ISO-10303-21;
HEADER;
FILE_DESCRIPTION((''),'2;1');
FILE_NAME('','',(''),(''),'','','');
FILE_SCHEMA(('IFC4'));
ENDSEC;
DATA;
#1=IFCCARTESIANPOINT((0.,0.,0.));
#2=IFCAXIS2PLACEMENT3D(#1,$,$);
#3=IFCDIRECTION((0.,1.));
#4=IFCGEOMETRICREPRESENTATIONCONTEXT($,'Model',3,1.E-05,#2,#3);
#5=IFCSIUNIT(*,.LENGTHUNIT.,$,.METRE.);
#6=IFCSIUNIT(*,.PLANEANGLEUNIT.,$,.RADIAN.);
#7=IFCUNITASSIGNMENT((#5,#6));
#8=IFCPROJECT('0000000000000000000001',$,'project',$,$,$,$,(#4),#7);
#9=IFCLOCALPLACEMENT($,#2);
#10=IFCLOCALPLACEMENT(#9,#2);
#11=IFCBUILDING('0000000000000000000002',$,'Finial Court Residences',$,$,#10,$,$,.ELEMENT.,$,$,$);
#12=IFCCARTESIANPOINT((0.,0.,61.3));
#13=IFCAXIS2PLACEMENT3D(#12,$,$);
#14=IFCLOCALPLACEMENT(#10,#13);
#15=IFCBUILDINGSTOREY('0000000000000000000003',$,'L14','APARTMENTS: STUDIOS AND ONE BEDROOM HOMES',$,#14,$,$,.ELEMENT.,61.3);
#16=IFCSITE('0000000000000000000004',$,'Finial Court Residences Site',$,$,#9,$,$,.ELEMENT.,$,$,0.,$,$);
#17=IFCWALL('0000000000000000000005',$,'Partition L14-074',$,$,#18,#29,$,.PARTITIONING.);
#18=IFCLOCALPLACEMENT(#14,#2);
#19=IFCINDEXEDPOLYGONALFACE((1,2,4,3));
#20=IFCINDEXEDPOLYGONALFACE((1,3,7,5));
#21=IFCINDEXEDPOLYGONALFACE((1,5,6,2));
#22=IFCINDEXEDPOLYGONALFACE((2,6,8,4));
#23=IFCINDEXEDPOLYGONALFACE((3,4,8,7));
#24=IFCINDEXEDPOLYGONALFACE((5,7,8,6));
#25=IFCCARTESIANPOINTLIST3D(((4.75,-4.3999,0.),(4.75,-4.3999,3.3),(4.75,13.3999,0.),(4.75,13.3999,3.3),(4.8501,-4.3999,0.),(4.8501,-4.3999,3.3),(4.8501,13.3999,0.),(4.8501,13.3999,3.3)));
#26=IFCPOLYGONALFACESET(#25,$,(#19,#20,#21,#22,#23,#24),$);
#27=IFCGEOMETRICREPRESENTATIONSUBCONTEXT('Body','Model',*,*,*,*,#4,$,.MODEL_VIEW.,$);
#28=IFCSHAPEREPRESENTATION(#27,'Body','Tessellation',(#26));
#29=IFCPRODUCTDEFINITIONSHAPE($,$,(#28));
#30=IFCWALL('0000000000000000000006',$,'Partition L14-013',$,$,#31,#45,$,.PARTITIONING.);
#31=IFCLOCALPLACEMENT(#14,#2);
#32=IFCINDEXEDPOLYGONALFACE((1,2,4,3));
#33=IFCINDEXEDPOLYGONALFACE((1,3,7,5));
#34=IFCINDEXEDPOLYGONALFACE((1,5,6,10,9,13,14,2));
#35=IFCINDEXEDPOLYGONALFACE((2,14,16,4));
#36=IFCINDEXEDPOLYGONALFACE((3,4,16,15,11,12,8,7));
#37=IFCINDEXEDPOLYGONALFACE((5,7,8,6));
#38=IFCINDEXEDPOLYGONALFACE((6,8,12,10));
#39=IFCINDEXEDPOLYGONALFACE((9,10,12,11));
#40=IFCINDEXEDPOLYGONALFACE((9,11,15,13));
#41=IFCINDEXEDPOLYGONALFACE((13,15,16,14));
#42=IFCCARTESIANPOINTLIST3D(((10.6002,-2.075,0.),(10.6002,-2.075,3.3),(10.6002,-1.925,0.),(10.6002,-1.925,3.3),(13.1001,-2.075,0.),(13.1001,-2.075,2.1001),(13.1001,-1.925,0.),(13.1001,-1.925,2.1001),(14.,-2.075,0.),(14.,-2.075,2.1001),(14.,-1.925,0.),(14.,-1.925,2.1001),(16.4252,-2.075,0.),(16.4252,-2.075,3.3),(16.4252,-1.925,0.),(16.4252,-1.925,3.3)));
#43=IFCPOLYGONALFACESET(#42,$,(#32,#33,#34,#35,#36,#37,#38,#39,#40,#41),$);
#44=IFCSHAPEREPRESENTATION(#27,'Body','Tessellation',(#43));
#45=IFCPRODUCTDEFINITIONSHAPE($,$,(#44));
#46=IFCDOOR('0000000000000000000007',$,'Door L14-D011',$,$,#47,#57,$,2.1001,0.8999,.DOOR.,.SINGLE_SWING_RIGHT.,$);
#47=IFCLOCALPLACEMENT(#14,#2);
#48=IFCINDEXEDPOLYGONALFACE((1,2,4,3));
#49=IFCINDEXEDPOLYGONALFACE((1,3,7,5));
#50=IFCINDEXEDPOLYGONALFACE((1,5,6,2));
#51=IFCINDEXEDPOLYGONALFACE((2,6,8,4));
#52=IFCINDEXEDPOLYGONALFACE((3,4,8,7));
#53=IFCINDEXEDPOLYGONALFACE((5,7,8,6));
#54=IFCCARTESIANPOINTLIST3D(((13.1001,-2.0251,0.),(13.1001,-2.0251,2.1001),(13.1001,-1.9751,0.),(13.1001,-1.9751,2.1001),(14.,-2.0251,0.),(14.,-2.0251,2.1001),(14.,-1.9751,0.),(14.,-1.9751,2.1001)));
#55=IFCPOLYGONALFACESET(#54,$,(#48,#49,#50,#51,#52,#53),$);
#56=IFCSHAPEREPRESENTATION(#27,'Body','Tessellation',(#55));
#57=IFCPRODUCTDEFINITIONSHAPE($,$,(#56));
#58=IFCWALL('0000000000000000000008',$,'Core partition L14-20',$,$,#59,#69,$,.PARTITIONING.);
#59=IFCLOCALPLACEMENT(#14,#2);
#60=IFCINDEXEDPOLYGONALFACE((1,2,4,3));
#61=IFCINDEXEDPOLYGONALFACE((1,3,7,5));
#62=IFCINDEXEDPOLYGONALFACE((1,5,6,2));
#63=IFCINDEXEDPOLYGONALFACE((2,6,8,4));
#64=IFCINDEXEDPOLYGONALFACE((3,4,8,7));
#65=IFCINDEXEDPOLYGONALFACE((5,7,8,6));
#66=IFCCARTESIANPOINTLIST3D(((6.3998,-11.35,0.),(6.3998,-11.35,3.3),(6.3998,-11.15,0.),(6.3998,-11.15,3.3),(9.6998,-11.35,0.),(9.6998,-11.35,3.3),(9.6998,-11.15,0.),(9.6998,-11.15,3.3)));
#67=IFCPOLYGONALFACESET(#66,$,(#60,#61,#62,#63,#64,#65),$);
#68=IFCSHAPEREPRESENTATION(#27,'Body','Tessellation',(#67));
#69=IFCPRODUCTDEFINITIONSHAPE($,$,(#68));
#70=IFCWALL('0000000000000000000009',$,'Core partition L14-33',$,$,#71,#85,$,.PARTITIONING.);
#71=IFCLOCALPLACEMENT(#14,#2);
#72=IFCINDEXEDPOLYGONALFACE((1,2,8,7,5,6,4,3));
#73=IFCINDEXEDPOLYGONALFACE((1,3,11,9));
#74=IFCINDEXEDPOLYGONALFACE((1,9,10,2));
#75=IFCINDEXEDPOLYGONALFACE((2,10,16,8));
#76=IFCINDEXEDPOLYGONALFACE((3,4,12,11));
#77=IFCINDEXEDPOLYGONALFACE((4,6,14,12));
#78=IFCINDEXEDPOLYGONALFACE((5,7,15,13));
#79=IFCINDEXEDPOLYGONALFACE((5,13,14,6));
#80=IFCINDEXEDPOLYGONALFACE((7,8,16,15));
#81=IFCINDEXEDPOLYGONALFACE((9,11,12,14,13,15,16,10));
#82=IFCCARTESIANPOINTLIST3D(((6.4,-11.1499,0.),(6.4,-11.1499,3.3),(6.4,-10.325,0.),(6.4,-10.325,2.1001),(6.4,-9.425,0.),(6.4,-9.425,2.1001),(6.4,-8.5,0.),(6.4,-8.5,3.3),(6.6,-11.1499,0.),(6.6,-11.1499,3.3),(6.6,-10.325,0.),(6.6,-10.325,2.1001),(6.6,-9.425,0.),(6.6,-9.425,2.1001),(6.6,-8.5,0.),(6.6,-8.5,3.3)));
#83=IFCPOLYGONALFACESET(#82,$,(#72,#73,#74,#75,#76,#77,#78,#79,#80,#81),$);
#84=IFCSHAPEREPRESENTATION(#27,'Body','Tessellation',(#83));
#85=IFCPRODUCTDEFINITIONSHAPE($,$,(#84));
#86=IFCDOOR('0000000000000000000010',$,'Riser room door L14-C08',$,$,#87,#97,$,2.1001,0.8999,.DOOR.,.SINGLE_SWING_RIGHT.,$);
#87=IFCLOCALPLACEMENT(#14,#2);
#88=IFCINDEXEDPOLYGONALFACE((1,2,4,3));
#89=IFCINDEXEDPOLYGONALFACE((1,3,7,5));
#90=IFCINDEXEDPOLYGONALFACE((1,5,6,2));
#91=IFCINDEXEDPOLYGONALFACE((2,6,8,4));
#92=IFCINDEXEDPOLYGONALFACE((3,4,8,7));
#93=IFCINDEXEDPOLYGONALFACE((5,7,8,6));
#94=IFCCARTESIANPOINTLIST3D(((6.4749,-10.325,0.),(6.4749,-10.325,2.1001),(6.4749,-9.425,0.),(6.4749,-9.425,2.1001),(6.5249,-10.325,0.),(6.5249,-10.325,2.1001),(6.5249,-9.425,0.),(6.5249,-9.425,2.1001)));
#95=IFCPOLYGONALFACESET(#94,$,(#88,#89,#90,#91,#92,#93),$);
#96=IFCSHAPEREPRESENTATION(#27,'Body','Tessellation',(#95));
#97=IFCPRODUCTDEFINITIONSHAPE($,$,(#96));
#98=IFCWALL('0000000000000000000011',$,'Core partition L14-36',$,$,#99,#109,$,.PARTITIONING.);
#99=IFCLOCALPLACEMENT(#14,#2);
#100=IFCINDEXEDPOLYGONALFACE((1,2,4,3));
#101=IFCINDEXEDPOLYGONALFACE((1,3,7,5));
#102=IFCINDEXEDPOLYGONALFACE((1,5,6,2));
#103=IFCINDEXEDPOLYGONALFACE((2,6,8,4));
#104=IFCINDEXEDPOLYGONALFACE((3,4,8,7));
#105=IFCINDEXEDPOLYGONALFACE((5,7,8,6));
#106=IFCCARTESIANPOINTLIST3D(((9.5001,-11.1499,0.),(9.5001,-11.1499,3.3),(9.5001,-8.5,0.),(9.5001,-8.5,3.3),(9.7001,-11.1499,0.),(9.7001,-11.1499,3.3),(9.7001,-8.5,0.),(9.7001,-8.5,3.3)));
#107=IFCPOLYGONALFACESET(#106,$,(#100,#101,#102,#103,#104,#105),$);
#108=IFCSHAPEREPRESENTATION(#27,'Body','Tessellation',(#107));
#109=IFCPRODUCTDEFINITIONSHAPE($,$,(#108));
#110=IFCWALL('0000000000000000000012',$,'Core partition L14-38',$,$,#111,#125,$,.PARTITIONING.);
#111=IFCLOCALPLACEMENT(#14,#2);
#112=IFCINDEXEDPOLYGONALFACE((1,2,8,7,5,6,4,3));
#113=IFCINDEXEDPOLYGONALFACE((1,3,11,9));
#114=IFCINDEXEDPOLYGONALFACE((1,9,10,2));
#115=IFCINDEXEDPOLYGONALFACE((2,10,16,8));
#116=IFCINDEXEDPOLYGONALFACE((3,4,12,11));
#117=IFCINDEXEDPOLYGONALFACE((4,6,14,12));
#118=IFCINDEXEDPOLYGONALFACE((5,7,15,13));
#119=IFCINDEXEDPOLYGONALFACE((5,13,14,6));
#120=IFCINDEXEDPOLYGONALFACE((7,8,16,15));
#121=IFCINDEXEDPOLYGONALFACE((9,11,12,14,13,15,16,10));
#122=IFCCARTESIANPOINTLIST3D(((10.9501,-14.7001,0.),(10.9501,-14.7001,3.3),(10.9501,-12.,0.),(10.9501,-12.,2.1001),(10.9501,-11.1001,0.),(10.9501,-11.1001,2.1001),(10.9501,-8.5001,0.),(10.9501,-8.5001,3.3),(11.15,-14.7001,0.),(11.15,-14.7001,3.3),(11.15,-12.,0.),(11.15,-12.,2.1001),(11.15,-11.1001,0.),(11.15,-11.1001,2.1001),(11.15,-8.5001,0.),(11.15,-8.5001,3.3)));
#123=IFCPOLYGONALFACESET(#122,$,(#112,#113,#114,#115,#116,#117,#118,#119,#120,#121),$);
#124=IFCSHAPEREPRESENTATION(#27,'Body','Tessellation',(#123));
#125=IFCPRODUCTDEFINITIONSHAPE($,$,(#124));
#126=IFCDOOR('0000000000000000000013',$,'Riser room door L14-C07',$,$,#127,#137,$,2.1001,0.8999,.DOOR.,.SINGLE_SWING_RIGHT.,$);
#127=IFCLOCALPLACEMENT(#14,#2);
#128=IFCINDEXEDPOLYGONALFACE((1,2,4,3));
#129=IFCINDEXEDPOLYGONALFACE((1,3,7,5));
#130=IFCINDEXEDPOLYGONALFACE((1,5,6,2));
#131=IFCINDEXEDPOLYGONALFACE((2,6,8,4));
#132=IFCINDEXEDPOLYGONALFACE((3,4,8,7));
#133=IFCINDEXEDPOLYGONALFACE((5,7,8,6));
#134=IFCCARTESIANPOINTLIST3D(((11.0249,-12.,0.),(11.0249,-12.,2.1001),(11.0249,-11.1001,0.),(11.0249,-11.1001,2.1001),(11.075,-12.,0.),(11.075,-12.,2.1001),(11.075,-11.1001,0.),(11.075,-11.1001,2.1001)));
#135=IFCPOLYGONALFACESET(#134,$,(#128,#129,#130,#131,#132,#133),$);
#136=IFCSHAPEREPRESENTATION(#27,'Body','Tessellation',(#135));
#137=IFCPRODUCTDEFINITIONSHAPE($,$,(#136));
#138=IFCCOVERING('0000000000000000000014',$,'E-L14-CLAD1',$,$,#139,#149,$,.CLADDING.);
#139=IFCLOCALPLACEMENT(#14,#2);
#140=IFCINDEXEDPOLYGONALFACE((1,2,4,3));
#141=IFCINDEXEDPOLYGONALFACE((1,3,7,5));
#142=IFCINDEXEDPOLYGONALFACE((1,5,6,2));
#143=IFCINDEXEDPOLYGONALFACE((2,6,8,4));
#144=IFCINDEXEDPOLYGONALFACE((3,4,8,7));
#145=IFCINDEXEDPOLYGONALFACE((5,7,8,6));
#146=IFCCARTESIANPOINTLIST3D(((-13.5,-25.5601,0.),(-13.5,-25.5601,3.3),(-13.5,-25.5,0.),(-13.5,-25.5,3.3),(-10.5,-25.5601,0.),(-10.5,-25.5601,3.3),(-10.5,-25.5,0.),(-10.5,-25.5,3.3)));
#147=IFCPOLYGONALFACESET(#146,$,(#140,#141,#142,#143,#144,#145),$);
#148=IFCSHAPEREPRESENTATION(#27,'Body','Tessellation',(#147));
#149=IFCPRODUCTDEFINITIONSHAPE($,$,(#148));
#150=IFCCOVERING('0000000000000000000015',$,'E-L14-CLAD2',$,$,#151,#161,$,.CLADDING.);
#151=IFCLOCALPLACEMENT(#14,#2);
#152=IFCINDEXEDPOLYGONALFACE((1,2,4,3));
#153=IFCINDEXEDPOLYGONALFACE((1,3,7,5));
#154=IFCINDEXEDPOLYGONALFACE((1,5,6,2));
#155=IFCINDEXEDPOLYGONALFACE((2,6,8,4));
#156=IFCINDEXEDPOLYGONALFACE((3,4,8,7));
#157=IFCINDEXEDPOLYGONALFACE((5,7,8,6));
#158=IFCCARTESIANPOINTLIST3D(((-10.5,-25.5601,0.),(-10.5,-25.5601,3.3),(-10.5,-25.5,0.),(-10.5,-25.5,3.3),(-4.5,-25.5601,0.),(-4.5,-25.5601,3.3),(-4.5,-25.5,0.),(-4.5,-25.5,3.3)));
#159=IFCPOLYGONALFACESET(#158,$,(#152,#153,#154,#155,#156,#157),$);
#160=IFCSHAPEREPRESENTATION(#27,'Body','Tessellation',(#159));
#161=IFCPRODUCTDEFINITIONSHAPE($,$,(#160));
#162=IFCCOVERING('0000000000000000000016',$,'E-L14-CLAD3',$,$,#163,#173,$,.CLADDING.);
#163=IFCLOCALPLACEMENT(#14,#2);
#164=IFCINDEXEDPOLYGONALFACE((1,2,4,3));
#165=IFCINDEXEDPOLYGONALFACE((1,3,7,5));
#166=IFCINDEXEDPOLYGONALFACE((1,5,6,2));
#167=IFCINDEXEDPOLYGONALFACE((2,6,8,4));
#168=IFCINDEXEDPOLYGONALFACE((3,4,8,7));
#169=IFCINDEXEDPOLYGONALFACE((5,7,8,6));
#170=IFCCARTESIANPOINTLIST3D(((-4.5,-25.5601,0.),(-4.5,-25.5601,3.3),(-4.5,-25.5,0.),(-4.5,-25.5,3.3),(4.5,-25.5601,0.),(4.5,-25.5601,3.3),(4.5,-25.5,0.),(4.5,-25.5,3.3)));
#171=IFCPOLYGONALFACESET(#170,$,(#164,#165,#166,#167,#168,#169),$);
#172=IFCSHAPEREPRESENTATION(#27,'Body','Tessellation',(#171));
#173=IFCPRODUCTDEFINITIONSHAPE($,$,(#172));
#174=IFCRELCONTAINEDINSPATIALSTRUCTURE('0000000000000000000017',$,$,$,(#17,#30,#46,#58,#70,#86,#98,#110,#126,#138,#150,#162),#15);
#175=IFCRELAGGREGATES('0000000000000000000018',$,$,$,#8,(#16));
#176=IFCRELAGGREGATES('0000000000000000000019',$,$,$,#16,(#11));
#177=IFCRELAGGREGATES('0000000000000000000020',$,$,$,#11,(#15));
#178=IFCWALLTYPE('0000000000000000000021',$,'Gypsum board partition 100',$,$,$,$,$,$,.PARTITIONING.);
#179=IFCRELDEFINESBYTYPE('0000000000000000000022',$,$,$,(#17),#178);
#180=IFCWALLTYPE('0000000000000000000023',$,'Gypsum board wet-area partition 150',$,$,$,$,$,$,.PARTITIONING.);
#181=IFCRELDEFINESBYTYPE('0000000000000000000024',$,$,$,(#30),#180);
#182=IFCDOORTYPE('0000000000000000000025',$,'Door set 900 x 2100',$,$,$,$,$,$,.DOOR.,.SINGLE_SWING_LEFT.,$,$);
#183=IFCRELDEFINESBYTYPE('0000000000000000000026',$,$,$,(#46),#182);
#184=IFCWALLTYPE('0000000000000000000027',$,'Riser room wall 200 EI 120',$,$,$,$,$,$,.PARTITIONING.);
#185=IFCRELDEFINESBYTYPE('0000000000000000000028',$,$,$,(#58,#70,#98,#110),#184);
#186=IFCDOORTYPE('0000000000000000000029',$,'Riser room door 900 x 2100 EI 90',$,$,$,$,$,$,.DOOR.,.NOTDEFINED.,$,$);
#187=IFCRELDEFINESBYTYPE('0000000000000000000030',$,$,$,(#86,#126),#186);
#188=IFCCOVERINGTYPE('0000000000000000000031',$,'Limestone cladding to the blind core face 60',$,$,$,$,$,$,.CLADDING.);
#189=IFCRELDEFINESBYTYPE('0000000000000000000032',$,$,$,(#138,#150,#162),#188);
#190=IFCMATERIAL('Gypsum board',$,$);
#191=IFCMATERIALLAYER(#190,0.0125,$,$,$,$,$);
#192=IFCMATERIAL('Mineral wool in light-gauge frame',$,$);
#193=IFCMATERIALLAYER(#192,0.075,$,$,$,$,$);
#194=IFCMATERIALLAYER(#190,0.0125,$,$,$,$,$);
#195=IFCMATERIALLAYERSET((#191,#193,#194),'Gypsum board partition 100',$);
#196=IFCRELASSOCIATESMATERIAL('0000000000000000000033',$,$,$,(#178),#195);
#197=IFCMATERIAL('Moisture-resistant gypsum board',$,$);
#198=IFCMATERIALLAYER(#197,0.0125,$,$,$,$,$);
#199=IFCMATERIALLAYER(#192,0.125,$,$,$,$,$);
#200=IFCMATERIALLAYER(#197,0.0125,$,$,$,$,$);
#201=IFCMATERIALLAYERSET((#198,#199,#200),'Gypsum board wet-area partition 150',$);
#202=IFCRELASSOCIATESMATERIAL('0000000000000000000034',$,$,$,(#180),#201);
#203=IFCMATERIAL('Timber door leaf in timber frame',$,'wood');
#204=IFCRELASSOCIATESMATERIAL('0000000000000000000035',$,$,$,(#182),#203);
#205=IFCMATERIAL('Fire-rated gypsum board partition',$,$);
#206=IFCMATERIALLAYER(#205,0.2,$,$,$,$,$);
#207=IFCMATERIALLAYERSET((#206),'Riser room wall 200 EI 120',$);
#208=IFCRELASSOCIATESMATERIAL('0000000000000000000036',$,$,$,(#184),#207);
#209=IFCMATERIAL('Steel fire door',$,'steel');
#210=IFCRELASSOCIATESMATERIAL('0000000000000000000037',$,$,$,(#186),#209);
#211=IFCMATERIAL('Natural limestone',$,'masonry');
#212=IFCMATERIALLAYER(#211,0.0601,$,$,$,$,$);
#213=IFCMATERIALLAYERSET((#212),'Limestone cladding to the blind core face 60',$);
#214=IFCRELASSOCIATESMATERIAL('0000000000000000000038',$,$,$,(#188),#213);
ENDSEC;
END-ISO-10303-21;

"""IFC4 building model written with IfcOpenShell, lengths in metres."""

from ifc_helpers import new_model, si_unit, direction, frame, frame_2d, origin, place, context, subcontext, project, spatial, polyline, rectangle, outline, extrude, material, layer, layer_set, type_object, element, fill, save


model = new_model("IFC4")

# Units and contexts
model_context = context("Model", 3, precision=1e-05, world=origin(), true_north=direction((0.0, 1.0)))
body_context = subcontext(model_context, "Body", "Model", "MODEL_VIEW")
ifc_project = project(units=[si_unit("LENGTHUNIT", "METRE"), si_unit("PLANEANGLEUNIT", "RADIAN")], contexts=[model_context])

# Site, building, storey
site_placement = place(None, origin())
site = spatial("IfcSite", under=ifc_project, at=site_placement, Name="Finial Court Residences Site", CompositionType="ELEMENT", RefElevation=0.0)
building_placement = place(site_placement, origin())
building = spatial("IfcBuilding", under=site, at=building_placement, Name="Finial Court Residences", CompositionType="ELEMENT")
storey_placement = place(building_placement, frame((0.0, 0.0, 61.3)))
storey = spatial("IfcBuildingStorey", under=building, at=storey_placement, Name="L14", Description="APARTMENTS: STUDIOS AND ONE BEDROOM HOMES", CompositionType="ELEMENT", Elevation=61.3)

# Shared definitions
ifc_material_1 = material(Name="Fire-rated gypsum board partition")

# Shared definitions
ifc_material_2 = material(Name="Steel fire door", Category="steel")

# Shared definitions
ifc_material_3 = material(Name="Gypsum board")

# Wall
ifc_layer_1 = layer(ifc_material_3, 0.0125)
ifc_material_4 = material(Name="Mineral wool in light-gauge frame")
ifc_layer_2 = layer(ifc_material_4, 0.075)
ifc_layer_3 = layer(ifc_material_3, 0.0125)
ifc_layer_set_1 = layer_set([ifc_layer_1, ifc_layer_2, ifc_layer_3], Name="Gypsum board partition 100")
wall_type_1 = type_object("IfcWallType", Name="Gypsum board partition 100", PredefinedType="PARTITIONING", material=ifc_layer_set_1)
wall_1_placement = place(storey_placement, frame((4.8, -4.3999, 0.0), z_axis=(0.0, 0.0, 1.0), x_axis=(0.0, 1.0, 0.0)))
element("IfcWall", 1, at=wall_1_placement, inside=storey, type_object=wall_type_1, Name="Partition L14-074", PredefinedType="PARTITIONING", context=body_context, shape_type="SweptSolid", body=[
    extrude(rectangle(XDim=17.7998, YDim=0.1001, at=frame_2d((8.8999, 0.0))), origin(), (0.0, 0.0, 1.0), 3.3),
])

# Wall, opening, door
ifc_material_5 = material(Name="Moisture-resistant gypsum board")
ifc_layer_4 = layer(ifc_material_5, 0.0125)
ifc_layer_5 = layer(ifc_material_4, 0.125)
ifc_layer_6 = layer(ifc_material_5, 0.0125)
ifc_layer_set_2 = layer_set([ifc_layer_4, ifc_layer_5, ifc_layer_6], Name="Gypsum board wet-area partition 150")
wall_type_2 = type_object("IfcWallType", Name="Gypsum board wet-area partition 150", PredefinedType="PARTITIONING", material=ifc_layer_set_2)
wall_2_placement = place(storey_placement, frame((10.6001, -2.0, 0.0), z_axis=(0.0, 0.0, 1.0), x_axis=(1.0, 0.0, 0.0)))
wall_2 = element("IfcWall", 2, at=wall_2_placement, inside=storey, type_object=wall_type_2, Name="Partition L14-013", PredefinedType="PARTITIONING", context=body_context, shape_type="SweptSolid", body=[
    extrude(rectangle(XDim=5.825, YDim=0.1499, at=frame_2d((2.9126, 0.0))), origin(), (0.0, 0.0, 1.0), 3.3),
])
opening_1_placement = place(wall_2_placement, frame((2.5, 0.0, 0.0)))
opening_1 = element("IfcOpeningElement", 3, at=opening_1_placement, cuts=wall_2, PredefinedType="OPENING", context=body_context, shape_type="SweptSolid", body=[
    extrude(rectangle(XDim=0.8999, YDim=2.1001, at=frame_2d((0.45, 1.05))), frame((0.0, 0.085, 0.0), z_axis=(0.0, -1.0, 0.0), x_axis=(1.0, 0.0, 0.0)), (0.0, 0.0, 1.0), 0.1699),
])
ifc_material_6 = material(Name="Timber door leaf in timber frame", Category="wood")
door_type_1 = type_object("IfcDoorType", Name="Door set 900 x 2100", OperationType="SINGLE_SWING_LEFT", PredefinedType="DOOR", material=ifc_material_6)
door_1_placement = place(opening_1_placement, origin())
door_1 = element("IfcDoor", 4, at=door_1_placement, inside=storey, type_object=door_type_1, Name="Door L14-D011", OperationType="SINGLE_SWING_RIGHT", OverallHeight=2.1001, OverallWidth=0.8999, PredefinedType="DOOR", context=body_context, shape_type="SweptSolid", body=[
    extrude(rectangle(XDim=0.8999, YDim=2.1001, at=frame_2d((0.45, 1.05))), frame((0.0, 0.0249, 0.0), z_axis=(0.0, -1.0, 0.0), x_axis=(1.0, 0.0, 0.0)), (0.0, 0.0, 1.0), 0.05),
])
fill(opening_1, door_1)

# Wall
ifc_layer_7 = layer(ifc_material_1, 0.2)
ifc_layer_set_3 = layer_set([ifc_layer_7], Name="Riser room wall 200 EI 120")
wall_type_3 = type_object("IfcWallType", Name="Riser room wall 200 EI 120", PredefinedType="PARTITIONING", material=ifc_layer_set_3)
wall_3_placement = place(storey_placement, frame((6.3999, -11.25, 0.0), z_axis=(0.0, 0.0, 1.0), x_axis=(1.0, 0.0, 0.0)))
element("IfcWall", 5, at=wall_3_placement, inside=storey, type_object=wall_type_3, Name="Core partition L14-20", PredefinedType="PARTITIONING", context=body_context, shape_type="SweptSolid", body=[
    extrude(rectangle(XDim=3.3, YDim=0.2, at=frame_2d((1.6499, 0.0))), origin(), (0.0, 0.0, 1.0), 3.3),
])

# Wall, opening, door
wall_4_placement = place(storey_placement, frame((6.5, -8.5, 0.0), z_axis=(0.0, 0.0, 1.0), x_axis=(0.0, -1.0, 0.0)))
wall_4 = element("IfcWall", 6, at=wall_4_placement, inside=storey, type_object=wall_type_3, Name="Core partition L14-33", PredefinedType="PARTITIONING", context=body_context, shape_type="SweptSolid", body=[
    extrude(rectangle(XDim=2.6499, YDim=0.2, at=frame_2d((1.325, 0.0))), origin(), (0.0, 0.0, 1.0), 3.3),
])
opening_2_placement = place(wall_4_placement, frame((0.925, 0.0, 0.0)))
opening_2 = element("IfcOpeningElement", 7, at=opening_2_placement, cuts=wall_4, PredefinedType="OPENING", context=body_context, shape_type="SweptSolid", body=[
    extrude(rectangle(XDim=0.8999, YDim=2.1001, at=frame_2d((0.45, 1.05))), frame((0.0, 0.1099, 0.0), z_axis=(0.0, -1.0, 0.0), x_axis=(1.0, 0.0, 0.0)), (0.0, 0.0, 1.0), 0.22),
])
door_type_2 = type_object("IfcDoorType", Name="Riser room door 900 x 2100 EI 90", OperationType="NOTDEFINED", PredefinedType="DOOR", material=ifc_material_2)
door_2_placement = place(opening_2_placement, origin())
door_2 = element("IfcDoor", 8, at=door_2_placement, inside=storey, type_object=door_type_2, Name="Riser room door L14-C08", OperationType="SINGLE_SWING_RIGHT", OverallHeight=2.1001, OverallWidth=0.8999, PredefinedType="DOOR", context=body_context, shape_type="SweptSolid", body=[
    extrude(rectangle(XDim=0.8999, YDim=2.1001, at=frame_2d((0.45, 1.05))), frame((0.0, 0.0249, 0.0), z_axis=(0.0, -1.0, 0.0), x_axis=(1.0, 0.0, 0.0)), (0.0, 0.0, 1.0), 0.05),
])
fill(opening_2, door_2)

# Wall
wall_5_placement = place(storey_placement, frame((9.6001, -11.1499, 0.0), z_axis=(0.0, 0.0, 1.0), x_axis=(0.0, 1.0, 0.0)))
element("IfcWall", 9, at=wall_5_placement, inside=storey, type_object=wall_type_3, Name="Core partition L14-36", PredefinedType="PARTITIONING", context=body_context, shape_type="SweptSolid", body=[
    extrude(rectangle(XDim=2.6499, YDim=0.2, at=frame_2d((1.325, 0.0))), origin(), (0.0, 0.0, 1.0), 3.3),
])

# Wall, opening, door
wall_6_placement = place(storey_placement, frame((11.05, -8.5, 0.0), z_axis=(0.0, 0.0, 1.0), x_axis=(0.0, -1.0, 0.0)))
wall_6 = element("IfcWall", 10, at=wall_6_placement, inside=storey, type_object=wall_type_3, Name="Core partition L14-38", PredefinedType="PARTITIONING", context=body_context, shape_type="SweptSolid", body=[
    extrude(rectangle(XDim=6.2, YDim=0.2, at=frame_2d((3.1001, 0.0))), origin(), (0.0, 0.0, 1.0), 3.3),
])
opening_3_placement = place(wall_6_placement, frame((2.6001, 0.0, 0.0)))
opening_3 = element("IfcOpeningElement", 11, at=opening_3_placement, cuts=wall_6, PredefinedType="OPENING", context=body_context, shape_type="SweptSolid", body=[
    extrude(rectangle(XDim=0.8999, YDim=2.1001, at=frame_2d((0.45, 1.05))), frame((0.0, 0.1099, 0.0), z_axis=(0.0, -1.0, 0.0), x_axis=(1.0, 0.0, 0.0)), (0.0, 0.0, 1.0), 0.22),
])
door_3_placement = place(opening_3_placement, origin())
door_3 = element("IfcDoor", 12, at=door_3_placement, inside=storey, type_object=door_type_2, Name="Riser room door L14-C07", OperationType="SINGLE_SWING_RIGHT", OverallHeight=2.1001, OverallWidth=0.8999, PredefinedType="DOOR", context=body_context, shape_type="SweptSolid", body=[
    extrude(rectangle(XDim=0.8999, YDim=2.1001, at=frame_2d((0.45, 1.05))), frame((0.0, 0.0249, 0.0), z_axis=(0.0, -1.0, 0.0), x_axis=(1.0, 0.0, 0.0)), (0.0, 0.0, 1.0), 0.05),
])
fill(opening_3, door_3)

# Coverings
ifc_material_7 = material(Name="Natural limestone", Category="masonry")
ifc_layer_8 = layer(ifc_material_7, 0.0601)
ifc_layer_set_4 = layer_set([ifc_layer_8], Name="Limestone cladding to the blind core face 60")
covering_type_1 = type_object("IfcCoveringType", Name="Limestone cladding to the blind core face 60", PredefinedType="CLADDING", material=ifc_layer_set_4)
covering_1_placement = place(storey_placement, origin())
element("IfcCovering", 13, at=covering_1_placement, inside=storey, type_object=covering_type_1, Name="E-L14-CLAD1", PredefinedType="CLADDING", context=body_context, shape_type="SweptSolid", body=[
    extrude(outline(polyline([(-10.5, -25.5601), (-10.5, -25.5), (-13.5, -25.5), (-13.5, -25.5601), (-10.5, -25.5601)])), origin(), (0.0, 0.0, 1.0), 3.3),
])
covering_2_placement = place(storey_placement, origin())
element("IfcCovering", 14, at=covering_2_placement, inside=storey, type_object=covering_type_1, Name="E-L14-CLAD2", PredefinedType="CLADDING", context=body_context, shape_type="SweptSolid", body=[
    extrude(outline(polyline([(-4.5, -25.5601), (-4.5, -25.5), (-10.5, -25.5), (-10.5, -25.5601), (-4.5, -25.5601)])), origin(), (0.0, 0.0, 1.0), 3.3),
])
covering_3_placement = place(storey_placement, origin())
element("IfcCovering", 15, at=covering_3_placement, inside=storey, type_object=covering_type_1, Name="E-L14-CLAD3", PredefinedType="CLADDING", context=body_context, shape_type="SweptSolid", body=[
    extrude(outline(polyline([(4.5, -25.5601), (4.5, -25.5), (-4.5, -25.5), (-4.5, -25.5601), (4.5, -25.5601)])), origin(), (0.0, 0.0, 1.0), 3.3),
])

save(model, "model.ifc")
